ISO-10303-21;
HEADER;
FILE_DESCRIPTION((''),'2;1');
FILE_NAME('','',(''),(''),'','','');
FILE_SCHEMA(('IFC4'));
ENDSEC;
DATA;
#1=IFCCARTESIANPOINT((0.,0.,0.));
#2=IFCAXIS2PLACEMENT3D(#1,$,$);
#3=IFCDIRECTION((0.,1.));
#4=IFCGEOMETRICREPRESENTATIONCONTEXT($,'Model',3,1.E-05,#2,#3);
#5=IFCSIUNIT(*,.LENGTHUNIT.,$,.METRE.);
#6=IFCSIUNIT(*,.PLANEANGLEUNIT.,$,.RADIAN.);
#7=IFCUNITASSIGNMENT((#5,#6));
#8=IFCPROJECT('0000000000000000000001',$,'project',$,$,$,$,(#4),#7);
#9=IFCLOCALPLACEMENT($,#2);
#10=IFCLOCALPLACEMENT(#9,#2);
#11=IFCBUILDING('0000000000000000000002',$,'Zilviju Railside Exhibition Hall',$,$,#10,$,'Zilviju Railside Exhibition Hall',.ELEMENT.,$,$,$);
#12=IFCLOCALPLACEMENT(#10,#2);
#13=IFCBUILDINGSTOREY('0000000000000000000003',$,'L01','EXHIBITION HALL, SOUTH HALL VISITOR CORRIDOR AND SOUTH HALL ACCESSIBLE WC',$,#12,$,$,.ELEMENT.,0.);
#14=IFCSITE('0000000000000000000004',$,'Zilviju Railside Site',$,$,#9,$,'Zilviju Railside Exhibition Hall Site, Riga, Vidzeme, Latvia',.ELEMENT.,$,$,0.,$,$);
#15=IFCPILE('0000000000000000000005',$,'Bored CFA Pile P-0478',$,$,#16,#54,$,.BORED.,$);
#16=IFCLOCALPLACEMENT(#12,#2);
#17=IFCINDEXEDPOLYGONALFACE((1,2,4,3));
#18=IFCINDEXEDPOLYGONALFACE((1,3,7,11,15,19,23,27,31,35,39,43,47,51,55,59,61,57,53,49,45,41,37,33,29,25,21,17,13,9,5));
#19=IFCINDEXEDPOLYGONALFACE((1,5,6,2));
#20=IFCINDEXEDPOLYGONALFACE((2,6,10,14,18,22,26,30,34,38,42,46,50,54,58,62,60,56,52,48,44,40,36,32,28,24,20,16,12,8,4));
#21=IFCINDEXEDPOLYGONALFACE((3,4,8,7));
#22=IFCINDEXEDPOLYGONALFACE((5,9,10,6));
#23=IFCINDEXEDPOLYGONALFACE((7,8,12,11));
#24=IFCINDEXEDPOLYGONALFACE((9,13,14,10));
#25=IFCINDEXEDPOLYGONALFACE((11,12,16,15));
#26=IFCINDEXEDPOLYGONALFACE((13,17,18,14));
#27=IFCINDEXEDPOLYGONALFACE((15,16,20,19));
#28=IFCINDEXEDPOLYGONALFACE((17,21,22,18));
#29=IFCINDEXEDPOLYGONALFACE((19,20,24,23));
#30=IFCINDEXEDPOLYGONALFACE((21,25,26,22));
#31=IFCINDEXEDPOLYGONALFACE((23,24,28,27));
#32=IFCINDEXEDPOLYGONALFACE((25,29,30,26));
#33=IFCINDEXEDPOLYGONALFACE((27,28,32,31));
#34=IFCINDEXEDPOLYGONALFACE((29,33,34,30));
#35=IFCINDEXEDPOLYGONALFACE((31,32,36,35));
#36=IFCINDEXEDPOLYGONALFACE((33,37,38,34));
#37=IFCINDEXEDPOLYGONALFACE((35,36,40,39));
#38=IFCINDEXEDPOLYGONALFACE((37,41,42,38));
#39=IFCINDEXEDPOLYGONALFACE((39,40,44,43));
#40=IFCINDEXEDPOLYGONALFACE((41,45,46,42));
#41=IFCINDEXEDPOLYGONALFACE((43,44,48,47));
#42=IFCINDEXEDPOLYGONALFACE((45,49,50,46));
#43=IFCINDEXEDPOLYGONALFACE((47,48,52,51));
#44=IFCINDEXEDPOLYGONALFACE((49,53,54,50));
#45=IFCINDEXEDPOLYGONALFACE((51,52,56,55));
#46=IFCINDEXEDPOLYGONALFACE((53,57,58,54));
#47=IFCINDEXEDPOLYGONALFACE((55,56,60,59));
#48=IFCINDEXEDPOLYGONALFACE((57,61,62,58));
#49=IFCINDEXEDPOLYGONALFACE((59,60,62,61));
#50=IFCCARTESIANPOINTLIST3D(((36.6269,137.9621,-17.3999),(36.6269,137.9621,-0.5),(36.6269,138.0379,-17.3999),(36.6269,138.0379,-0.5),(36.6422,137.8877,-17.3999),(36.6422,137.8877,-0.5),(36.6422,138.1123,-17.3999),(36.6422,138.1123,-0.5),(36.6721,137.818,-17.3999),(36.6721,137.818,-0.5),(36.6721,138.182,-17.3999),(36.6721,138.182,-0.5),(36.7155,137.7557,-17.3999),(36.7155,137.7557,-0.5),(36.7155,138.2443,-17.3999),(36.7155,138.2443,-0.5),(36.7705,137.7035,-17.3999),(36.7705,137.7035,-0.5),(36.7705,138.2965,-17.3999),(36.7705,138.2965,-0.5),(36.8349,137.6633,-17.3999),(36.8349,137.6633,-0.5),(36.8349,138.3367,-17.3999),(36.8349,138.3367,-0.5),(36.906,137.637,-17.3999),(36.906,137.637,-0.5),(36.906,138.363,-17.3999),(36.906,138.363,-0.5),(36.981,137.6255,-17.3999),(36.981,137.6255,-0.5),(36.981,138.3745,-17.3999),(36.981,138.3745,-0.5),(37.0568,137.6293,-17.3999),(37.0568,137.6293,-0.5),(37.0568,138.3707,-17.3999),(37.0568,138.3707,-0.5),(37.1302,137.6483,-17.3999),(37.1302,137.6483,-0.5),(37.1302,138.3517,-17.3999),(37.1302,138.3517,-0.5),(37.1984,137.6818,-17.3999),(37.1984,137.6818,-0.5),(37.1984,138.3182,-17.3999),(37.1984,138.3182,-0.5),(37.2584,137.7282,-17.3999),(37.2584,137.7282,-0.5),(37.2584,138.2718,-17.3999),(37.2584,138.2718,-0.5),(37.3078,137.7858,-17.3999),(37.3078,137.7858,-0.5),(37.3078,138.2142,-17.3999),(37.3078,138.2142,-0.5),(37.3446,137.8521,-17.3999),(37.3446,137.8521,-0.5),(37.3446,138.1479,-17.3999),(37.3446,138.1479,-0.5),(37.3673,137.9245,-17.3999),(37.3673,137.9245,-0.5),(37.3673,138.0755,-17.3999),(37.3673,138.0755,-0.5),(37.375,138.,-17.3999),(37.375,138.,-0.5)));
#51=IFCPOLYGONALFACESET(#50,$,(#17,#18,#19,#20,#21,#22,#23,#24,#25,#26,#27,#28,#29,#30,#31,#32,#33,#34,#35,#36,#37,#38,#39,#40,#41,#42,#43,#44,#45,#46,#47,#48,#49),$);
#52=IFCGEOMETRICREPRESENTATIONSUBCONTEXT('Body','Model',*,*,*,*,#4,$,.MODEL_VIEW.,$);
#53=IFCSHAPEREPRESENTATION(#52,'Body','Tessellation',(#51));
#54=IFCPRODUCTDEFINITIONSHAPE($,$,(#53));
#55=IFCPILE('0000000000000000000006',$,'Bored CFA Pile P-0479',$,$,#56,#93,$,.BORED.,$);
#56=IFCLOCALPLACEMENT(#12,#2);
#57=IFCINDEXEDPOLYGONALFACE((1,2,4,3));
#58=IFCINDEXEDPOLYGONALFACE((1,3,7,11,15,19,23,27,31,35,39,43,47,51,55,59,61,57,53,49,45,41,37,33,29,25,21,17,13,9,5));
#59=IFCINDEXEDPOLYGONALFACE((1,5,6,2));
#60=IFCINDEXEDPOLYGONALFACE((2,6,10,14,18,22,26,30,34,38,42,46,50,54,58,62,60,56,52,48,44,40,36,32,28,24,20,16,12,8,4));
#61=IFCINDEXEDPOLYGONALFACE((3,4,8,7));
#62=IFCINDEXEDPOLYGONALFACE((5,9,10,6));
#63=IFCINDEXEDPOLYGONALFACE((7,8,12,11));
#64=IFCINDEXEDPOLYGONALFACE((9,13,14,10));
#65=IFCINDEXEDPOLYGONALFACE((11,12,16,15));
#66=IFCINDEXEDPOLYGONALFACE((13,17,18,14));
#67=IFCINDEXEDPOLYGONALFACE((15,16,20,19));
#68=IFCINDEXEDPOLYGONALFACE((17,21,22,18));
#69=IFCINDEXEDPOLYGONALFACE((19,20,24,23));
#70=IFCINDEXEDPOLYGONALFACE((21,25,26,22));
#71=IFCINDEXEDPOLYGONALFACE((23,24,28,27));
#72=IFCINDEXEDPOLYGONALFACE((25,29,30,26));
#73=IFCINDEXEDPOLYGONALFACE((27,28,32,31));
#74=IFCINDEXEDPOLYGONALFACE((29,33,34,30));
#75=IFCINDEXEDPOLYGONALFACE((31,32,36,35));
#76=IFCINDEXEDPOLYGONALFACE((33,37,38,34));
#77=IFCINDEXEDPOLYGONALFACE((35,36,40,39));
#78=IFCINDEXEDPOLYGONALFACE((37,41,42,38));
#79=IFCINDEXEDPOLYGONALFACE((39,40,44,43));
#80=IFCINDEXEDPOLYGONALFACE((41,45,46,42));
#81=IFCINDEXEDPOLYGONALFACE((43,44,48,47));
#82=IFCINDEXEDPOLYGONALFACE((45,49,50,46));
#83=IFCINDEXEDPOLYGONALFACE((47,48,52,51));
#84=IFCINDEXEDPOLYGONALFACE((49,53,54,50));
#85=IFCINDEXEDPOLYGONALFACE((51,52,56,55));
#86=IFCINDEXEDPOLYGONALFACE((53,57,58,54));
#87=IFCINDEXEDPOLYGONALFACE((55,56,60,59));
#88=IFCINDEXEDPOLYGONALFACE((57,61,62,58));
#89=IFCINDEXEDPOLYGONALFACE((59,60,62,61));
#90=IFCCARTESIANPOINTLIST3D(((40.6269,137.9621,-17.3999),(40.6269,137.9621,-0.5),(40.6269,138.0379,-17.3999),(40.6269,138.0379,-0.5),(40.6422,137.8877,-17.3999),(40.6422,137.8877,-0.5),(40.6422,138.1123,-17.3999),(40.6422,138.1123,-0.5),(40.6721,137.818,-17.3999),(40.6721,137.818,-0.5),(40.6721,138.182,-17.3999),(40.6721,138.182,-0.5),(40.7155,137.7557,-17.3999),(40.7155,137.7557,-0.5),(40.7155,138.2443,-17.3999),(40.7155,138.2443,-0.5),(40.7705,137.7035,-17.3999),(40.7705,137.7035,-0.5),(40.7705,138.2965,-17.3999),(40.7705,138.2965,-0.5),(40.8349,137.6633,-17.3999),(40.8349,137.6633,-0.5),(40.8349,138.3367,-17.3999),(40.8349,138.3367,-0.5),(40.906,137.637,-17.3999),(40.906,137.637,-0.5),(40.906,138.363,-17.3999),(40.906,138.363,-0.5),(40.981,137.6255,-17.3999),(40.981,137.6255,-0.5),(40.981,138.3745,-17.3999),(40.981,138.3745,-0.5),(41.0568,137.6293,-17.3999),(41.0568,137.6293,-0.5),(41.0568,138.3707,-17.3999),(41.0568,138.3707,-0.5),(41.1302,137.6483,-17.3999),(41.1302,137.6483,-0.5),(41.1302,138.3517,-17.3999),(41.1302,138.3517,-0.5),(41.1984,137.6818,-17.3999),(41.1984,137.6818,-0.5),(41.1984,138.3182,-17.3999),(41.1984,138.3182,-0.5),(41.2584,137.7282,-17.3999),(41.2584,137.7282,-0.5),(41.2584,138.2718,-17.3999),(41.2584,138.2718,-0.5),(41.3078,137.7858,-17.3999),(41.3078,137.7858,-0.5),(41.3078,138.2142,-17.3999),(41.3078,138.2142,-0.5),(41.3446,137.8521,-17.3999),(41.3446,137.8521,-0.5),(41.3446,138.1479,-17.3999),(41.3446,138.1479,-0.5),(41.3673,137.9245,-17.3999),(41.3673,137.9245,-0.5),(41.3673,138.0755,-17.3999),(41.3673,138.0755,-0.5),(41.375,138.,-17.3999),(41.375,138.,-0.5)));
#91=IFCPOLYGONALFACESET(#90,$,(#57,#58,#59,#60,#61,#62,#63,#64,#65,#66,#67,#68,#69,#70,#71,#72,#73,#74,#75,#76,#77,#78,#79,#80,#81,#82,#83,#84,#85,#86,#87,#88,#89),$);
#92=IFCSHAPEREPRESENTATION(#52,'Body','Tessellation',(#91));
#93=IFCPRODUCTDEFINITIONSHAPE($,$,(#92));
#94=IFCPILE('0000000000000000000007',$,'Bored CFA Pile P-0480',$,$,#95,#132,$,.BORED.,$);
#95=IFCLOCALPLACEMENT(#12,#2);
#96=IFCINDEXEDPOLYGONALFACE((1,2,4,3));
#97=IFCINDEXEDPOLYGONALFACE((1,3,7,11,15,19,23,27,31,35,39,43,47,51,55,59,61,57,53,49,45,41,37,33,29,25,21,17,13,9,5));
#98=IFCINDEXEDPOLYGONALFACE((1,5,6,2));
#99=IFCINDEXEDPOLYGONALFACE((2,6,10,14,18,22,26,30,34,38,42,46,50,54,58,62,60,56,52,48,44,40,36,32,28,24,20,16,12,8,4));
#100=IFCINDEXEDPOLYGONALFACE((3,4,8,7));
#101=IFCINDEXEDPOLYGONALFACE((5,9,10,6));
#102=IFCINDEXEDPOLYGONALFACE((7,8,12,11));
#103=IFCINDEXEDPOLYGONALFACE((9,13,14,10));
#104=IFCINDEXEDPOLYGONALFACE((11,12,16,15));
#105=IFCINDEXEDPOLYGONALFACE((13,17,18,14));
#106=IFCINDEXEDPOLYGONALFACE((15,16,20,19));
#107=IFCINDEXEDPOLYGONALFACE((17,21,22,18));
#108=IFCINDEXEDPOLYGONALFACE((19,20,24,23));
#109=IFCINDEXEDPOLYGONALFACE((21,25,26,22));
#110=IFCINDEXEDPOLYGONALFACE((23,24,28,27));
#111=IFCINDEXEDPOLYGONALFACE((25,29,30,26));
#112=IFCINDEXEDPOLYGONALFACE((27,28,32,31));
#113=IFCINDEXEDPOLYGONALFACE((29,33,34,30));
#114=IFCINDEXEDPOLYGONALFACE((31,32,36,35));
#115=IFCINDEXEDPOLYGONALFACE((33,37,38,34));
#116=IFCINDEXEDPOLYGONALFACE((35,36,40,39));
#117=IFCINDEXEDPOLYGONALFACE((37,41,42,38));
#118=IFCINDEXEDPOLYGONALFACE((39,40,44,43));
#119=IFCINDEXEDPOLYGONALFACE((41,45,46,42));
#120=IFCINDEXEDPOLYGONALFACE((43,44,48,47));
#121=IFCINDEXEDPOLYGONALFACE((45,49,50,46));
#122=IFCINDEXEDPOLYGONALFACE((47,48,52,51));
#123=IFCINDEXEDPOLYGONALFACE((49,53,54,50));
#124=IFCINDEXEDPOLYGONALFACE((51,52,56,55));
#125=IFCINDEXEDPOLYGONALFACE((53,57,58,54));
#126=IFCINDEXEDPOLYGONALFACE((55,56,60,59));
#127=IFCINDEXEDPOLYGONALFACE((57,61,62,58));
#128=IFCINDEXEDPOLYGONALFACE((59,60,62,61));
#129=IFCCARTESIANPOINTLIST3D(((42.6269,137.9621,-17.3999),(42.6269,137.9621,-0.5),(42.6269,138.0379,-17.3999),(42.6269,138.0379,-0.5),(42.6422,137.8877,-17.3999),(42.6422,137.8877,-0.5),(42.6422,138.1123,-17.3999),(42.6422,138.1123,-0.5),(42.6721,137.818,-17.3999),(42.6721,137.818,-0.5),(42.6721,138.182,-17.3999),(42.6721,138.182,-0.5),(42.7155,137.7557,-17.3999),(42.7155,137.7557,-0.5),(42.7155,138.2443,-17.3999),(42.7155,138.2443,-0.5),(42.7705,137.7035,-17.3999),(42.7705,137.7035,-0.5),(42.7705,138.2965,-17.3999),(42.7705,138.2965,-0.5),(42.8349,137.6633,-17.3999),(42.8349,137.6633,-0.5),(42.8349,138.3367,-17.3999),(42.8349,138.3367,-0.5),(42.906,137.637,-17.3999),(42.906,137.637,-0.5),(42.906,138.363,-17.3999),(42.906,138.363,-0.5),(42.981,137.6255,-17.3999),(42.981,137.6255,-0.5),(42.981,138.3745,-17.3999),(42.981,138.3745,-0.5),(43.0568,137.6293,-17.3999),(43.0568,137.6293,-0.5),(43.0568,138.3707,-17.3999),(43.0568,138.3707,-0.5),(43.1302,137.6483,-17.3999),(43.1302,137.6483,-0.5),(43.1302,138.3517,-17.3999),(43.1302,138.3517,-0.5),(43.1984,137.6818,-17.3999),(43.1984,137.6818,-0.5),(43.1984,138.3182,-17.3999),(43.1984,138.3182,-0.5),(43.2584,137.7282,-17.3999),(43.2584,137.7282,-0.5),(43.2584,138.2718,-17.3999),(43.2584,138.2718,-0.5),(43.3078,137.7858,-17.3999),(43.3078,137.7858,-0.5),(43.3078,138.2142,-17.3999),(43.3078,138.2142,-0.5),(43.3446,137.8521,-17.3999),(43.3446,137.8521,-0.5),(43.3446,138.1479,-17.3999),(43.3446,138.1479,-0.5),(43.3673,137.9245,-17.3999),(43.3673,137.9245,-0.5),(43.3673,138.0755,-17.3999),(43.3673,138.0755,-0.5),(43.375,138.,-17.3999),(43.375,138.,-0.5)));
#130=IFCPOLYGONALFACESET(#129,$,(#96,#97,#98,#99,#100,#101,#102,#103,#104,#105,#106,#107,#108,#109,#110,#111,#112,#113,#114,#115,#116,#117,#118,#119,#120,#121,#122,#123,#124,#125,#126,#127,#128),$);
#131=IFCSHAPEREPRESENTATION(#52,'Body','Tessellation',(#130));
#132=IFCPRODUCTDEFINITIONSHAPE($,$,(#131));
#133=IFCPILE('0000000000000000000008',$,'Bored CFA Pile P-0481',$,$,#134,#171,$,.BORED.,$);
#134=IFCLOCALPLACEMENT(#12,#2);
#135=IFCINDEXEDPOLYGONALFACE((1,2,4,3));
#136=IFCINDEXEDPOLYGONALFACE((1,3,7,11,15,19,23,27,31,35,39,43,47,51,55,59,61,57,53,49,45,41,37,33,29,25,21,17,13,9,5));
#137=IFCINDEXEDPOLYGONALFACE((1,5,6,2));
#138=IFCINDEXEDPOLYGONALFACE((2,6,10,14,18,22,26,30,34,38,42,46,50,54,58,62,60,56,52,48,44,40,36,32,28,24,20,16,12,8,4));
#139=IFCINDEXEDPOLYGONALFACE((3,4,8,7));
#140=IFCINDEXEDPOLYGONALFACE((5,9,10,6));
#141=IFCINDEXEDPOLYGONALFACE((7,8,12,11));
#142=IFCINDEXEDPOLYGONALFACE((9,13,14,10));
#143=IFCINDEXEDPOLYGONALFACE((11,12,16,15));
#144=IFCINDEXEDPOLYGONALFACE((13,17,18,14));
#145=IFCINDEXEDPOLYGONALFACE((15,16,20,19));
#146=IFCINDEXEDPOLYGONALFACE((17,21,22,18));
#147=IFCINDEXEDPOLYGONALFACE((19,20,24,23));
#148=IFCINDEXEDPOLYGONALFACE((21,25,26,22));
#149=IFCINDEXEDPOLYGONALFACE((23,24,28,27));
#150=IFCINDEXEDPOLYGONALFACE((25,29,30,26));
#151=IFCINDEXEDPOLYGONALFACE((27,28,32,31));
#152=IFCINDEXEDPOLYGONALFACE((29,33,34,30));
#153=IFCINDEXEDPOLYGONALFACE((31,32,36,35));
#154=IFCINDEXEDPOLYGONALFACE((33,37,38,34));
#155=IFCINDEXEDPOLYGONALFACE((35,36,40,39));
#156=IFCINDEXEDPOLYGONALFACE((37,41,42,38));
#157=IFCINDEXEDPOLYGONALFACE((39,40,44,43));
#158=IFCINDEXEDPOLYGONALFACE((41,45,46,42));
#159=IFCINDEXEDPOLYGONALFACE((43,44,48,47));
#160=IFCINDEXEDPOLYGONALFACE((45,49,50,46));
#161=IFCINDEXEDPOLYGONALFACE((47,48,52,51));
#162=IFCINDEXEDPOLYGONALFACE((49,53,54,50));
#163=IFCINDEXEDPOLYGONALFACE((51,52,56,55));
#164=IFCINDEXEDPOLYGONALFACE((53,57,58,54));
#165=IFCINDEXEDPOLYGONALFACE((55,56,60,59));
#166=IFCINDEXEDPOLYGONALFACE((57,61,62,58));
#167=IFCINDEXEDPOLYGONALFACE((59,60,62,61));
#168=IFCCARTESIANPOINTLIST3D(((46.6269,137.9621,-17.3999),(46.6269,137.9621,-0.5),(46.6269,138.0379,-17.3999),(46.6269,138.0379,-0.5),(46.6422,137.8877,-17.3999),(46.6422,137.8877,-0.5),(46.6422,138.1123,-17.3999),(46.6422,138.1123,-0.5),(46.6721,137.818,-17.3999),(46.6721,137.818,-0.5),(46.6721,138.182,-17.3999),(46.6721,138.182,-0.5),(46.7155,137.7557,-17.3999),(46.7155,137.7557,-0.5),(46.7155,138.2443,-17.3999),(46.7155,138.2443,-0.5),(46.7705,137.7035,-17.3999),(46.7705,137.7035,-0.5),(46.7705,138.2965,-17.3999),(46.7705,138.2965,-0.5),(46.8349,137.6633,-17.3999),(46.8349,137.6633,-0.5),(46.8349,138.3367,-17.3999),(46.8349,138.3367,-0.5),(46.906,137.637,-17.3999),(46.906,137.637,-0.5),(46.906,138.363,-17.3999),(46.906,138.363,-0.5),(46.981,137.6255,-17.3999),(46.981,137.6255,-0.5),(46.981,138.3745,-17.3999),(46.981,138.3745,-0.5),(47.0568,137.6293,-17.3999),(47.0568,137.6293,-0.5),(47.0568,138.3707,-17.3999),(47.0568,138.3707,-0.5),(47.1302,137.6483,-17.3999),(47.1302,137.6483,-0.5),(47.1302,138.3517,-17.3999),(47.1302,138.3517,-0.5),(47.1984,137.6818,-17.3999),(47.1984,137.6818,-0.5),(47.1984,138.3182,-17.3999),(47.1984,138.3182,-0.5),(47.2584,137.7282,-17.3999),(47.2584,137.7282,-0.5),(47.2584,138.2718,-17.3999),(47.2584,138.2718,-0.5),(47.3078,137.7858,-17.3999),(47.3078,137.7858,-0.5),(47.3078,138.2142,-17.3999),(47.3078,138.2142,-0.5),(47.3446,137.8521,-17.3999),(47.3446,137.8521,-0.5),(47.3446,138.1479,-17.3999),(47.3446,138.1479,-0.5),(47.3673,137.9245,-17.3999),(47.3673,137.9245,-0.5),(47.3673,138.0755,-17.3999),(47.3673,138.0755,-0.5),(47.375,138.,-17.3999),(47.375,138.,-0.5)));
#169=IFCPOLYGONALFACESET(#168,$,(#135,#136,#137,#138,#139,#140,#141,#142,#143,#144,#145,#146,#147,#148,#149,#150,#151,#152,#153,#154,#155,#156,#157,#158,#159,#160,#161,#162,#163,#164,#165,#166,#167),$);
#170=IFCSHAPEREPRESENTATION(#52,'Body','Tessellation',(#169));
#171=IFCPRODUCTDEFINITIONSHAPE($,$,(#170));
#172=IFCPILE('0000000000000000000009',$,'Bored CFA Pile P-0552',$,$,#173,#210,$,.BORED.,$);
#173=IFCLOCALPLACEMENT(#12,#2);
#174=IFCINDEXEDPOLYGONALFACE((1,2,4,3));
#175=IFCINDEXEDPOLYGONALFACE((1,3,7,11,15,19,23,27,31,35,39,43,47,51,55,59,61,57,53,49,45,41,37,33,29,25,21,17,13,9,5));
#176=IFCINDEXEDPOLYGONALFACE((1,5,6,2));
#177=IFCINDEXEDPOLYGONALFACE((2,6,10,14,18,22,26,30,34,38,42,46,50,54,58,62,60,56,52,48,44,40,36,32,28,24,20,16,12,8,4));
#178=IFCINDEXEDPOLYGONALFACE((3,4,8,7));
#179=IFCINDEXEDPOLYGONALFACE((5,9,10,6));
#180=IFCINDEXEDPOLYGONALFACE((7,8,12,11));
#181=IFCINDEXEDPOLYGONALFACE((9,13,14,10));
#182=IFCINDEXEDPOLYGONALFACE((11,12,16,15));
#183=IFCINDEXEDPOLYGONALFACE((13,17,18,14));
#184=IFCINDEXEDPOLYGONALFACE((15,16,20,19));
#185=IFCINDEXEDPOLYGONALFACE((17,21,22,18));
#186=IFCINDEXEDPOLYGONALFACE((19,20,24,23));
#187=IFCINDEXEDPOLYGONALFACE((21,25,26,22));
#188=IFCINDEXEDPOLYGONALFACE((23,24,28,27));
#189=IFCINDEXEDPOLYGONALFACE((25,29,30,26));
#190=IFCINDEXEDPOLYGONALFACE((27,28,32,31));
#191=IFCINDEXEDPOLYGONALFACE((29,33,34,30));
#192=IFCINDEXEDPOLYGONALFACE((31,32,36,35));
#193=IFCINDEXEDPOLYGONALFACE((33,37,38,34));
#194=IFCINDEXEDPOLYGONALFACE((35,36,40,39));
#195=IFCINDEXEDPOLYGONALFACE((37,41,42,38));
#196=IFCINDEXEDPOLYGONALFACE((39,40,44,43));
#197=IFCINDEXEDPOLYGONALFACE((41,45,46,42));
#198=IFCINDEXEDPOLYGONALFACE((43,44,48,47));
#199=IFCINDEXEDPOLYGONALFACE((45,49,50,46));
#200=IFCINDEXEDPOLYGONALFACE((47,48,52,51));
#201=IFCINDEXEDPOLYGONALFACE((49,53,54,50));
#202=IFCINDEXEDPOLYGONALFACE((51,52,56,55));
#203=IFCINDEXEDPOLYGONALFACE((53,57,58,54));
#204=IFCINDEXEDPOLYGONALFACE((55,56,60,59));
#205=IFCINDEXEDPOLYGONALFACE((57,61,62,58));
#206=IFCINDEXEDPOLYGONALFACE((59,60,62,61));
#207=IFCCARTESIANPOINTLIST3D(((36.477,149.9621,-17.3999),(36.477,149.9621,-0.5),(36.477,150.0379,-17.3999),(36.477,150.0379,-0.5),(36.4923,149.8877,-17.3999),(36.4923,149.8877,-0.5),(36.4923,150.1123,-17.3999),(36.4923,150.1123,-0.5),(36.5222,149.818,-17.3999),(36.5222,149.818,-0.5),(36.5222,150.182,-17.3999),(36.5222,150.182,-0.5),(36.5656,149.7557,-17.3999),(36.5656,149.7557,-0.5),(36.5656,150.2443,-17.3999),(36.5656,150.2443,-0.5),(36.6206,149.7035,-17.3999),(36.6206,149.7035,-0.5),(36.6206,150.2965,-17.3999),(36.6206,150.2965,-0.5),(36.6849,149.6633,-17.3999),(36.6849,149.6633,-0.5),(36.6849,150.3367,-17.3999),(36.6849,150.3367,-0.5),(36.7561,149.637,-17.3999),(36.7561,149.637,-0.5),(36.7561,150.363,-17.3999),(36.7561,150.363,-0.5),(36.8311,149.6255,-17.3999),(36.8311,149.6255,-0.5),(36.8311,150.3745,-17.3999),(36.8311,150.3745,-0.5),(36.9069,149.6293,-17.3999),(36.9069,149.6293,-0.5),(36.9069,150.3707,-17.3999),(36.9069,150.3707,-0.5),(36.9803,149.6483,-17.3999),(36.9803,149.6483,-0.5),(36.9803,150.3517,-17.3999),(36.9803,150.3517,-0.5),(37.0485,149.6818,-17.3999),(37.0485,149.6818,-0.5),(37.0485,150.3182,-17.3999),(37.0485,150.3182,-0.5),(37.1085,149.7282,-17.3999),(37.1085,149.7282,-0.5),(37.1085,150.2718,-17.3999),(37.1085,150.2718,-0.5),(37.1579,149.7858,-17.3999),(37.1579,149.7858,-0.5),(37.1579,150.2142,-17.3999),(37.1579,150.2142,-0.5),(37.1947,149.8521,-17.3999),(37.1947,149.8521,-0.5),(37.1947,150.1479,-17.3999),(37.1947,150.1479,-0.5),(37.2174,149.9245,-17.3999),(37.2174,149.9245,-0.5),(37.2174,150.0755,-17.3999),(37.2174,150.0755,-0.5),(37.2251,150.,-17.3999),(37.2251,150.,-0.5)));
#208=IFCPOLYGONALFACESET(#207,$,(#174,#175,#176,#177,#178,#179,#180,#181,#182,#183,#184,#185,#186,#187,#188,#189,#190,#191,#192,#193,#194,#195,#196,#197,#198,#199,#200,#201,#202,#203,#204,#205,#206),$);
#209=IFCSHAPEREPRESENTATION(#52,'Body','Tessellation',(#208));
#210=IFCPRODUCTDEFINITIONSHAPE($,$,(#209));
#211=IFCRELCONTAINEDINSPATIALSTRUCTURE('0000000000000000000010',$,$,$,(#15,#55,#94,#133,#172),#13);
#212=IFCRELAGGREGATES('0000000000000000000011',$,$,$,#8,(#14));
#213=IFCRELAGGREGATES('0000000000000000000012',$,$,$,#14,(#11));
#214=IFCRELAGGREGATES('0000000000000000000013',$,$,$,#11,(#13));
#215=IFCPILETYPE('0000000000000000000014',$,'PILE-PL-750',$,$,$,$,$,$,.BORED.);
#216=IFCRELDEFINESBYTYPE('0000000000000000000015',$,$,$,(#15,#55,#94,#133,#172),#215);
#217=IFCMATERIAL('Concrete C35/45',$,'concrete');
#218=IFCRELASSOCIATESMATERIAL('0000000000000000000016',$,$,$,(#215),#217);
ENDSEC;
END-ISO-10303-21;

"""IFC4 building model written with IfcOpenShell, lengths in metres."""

from ifc_helpers import new_model, si_unit, direction, frame, origin, origin_2d, place, context, subcontext, project, spatial, circle, extrude, material, material_profile, profile_set, type_object, element, save


model = new_model("IFC4")

# Units and contexts
model_context = context("Model", 3, precision=1e-05, world=origin(), true_north=direction((0.0, 1.0)))
body_context = subcontext(model_context, "Body", "Model", "MODEL_VIEW")
ifc_project = project(units=[si_unit("LENGTHUNIT", "METRE"), si_unit("PLANEANGLEUNIT", "RADIAN")], contexts=[model_context])

# Site, building, storey
site_placement = place(None, origin())
site = spatial("IfcSite", under=ifc_project, at=site_placement, Name="Zilviju Railside Site", LongName="Zilviju Railside Exhibition Hall Site, Riga, Vidzeme, Latvia", CompositionType="ELEMENT", RefElevation=0.0)
building_placement = place(site_placement, origin())
building = spatial("IfcBuilding", under=site, at=building_placement, Name="Zilviju Railside Exhibition Hall", LongName="Zilviju Railside Exhibition Hall", CompositionType="ELEMENT")
storey_placement = place(building_placement, origin())
storey = spatial("IfcBuildingStorey", under=building, at=storey_placement, Name="L01", Description="EXHIBITION HALL, SOUTH HALL VISITOR CORRIDOR AND SOUTH HALL ACCESSIBLE WC", CompositionType="ELEMENT", Elevation=0.0)

# Shared definitions
ifc_material_1 = material(Name="Concrete C35/45", Category="concrete")

# Piles
ifc_material_profile_1 = material_profile(ifc_material_1, circle(Radius=0.375, at=origin_2d()), Name="CFA PILE D750")
ifc_profile_set_1 = profile_set([ifc_material_profile_1], Name="Concrete C35/45")
pile_type = type_object("IfcPileType", Name="PILE-PL-750", PredefinedType="BORED", material=ifc_profile_set_1)
for number, where, z_axis, x_axis, name in (
    (1, (37.0, 138.0, -0.5), (0.0, 0.0, -1.0), (1.0, 0.0, 0.0), "Bored CFA Pile P-0478"),
    (2, (41.0, 138.0, -0.5), (0.0, 0.0, -1.0), (1.0, 0.0, 0.0), "Bored CFA Pile P-0479"),
    (3, (43.0, 138.0, -0.5), (0.0, 0.0, -1.0), (1.0, 0.0, 0.0), "Bored CFA Pile P-0480"),
    (4, (47.0, 138.0, -0.5), (0.0, 0.0, -1.0), (1.0, 0.0, 0.0), "Bored CFA Pile P-0481"),
    (5, (36.8501, 150.0, -0.5), (0.0, 0.0, -1.0), (1.0, 0.0, 0.0), "Bored CFA Pile P-0552"),
):
    element("IfcPile", number, at=place(storey_placement, frame(where, z_axis=z_axis, x_axis=x_axis)), inside=storey, type_object=pile_type, Name=name, PredefinedType="BORED", context=body_context, shape_type="SweptSolid", body=[
        extrude(circle(Radius=0.375, at=origin_2d()), origin(), (0.0, 0.0, 1.0), 16.8999),
    ])

save(model, "model.ifc")
